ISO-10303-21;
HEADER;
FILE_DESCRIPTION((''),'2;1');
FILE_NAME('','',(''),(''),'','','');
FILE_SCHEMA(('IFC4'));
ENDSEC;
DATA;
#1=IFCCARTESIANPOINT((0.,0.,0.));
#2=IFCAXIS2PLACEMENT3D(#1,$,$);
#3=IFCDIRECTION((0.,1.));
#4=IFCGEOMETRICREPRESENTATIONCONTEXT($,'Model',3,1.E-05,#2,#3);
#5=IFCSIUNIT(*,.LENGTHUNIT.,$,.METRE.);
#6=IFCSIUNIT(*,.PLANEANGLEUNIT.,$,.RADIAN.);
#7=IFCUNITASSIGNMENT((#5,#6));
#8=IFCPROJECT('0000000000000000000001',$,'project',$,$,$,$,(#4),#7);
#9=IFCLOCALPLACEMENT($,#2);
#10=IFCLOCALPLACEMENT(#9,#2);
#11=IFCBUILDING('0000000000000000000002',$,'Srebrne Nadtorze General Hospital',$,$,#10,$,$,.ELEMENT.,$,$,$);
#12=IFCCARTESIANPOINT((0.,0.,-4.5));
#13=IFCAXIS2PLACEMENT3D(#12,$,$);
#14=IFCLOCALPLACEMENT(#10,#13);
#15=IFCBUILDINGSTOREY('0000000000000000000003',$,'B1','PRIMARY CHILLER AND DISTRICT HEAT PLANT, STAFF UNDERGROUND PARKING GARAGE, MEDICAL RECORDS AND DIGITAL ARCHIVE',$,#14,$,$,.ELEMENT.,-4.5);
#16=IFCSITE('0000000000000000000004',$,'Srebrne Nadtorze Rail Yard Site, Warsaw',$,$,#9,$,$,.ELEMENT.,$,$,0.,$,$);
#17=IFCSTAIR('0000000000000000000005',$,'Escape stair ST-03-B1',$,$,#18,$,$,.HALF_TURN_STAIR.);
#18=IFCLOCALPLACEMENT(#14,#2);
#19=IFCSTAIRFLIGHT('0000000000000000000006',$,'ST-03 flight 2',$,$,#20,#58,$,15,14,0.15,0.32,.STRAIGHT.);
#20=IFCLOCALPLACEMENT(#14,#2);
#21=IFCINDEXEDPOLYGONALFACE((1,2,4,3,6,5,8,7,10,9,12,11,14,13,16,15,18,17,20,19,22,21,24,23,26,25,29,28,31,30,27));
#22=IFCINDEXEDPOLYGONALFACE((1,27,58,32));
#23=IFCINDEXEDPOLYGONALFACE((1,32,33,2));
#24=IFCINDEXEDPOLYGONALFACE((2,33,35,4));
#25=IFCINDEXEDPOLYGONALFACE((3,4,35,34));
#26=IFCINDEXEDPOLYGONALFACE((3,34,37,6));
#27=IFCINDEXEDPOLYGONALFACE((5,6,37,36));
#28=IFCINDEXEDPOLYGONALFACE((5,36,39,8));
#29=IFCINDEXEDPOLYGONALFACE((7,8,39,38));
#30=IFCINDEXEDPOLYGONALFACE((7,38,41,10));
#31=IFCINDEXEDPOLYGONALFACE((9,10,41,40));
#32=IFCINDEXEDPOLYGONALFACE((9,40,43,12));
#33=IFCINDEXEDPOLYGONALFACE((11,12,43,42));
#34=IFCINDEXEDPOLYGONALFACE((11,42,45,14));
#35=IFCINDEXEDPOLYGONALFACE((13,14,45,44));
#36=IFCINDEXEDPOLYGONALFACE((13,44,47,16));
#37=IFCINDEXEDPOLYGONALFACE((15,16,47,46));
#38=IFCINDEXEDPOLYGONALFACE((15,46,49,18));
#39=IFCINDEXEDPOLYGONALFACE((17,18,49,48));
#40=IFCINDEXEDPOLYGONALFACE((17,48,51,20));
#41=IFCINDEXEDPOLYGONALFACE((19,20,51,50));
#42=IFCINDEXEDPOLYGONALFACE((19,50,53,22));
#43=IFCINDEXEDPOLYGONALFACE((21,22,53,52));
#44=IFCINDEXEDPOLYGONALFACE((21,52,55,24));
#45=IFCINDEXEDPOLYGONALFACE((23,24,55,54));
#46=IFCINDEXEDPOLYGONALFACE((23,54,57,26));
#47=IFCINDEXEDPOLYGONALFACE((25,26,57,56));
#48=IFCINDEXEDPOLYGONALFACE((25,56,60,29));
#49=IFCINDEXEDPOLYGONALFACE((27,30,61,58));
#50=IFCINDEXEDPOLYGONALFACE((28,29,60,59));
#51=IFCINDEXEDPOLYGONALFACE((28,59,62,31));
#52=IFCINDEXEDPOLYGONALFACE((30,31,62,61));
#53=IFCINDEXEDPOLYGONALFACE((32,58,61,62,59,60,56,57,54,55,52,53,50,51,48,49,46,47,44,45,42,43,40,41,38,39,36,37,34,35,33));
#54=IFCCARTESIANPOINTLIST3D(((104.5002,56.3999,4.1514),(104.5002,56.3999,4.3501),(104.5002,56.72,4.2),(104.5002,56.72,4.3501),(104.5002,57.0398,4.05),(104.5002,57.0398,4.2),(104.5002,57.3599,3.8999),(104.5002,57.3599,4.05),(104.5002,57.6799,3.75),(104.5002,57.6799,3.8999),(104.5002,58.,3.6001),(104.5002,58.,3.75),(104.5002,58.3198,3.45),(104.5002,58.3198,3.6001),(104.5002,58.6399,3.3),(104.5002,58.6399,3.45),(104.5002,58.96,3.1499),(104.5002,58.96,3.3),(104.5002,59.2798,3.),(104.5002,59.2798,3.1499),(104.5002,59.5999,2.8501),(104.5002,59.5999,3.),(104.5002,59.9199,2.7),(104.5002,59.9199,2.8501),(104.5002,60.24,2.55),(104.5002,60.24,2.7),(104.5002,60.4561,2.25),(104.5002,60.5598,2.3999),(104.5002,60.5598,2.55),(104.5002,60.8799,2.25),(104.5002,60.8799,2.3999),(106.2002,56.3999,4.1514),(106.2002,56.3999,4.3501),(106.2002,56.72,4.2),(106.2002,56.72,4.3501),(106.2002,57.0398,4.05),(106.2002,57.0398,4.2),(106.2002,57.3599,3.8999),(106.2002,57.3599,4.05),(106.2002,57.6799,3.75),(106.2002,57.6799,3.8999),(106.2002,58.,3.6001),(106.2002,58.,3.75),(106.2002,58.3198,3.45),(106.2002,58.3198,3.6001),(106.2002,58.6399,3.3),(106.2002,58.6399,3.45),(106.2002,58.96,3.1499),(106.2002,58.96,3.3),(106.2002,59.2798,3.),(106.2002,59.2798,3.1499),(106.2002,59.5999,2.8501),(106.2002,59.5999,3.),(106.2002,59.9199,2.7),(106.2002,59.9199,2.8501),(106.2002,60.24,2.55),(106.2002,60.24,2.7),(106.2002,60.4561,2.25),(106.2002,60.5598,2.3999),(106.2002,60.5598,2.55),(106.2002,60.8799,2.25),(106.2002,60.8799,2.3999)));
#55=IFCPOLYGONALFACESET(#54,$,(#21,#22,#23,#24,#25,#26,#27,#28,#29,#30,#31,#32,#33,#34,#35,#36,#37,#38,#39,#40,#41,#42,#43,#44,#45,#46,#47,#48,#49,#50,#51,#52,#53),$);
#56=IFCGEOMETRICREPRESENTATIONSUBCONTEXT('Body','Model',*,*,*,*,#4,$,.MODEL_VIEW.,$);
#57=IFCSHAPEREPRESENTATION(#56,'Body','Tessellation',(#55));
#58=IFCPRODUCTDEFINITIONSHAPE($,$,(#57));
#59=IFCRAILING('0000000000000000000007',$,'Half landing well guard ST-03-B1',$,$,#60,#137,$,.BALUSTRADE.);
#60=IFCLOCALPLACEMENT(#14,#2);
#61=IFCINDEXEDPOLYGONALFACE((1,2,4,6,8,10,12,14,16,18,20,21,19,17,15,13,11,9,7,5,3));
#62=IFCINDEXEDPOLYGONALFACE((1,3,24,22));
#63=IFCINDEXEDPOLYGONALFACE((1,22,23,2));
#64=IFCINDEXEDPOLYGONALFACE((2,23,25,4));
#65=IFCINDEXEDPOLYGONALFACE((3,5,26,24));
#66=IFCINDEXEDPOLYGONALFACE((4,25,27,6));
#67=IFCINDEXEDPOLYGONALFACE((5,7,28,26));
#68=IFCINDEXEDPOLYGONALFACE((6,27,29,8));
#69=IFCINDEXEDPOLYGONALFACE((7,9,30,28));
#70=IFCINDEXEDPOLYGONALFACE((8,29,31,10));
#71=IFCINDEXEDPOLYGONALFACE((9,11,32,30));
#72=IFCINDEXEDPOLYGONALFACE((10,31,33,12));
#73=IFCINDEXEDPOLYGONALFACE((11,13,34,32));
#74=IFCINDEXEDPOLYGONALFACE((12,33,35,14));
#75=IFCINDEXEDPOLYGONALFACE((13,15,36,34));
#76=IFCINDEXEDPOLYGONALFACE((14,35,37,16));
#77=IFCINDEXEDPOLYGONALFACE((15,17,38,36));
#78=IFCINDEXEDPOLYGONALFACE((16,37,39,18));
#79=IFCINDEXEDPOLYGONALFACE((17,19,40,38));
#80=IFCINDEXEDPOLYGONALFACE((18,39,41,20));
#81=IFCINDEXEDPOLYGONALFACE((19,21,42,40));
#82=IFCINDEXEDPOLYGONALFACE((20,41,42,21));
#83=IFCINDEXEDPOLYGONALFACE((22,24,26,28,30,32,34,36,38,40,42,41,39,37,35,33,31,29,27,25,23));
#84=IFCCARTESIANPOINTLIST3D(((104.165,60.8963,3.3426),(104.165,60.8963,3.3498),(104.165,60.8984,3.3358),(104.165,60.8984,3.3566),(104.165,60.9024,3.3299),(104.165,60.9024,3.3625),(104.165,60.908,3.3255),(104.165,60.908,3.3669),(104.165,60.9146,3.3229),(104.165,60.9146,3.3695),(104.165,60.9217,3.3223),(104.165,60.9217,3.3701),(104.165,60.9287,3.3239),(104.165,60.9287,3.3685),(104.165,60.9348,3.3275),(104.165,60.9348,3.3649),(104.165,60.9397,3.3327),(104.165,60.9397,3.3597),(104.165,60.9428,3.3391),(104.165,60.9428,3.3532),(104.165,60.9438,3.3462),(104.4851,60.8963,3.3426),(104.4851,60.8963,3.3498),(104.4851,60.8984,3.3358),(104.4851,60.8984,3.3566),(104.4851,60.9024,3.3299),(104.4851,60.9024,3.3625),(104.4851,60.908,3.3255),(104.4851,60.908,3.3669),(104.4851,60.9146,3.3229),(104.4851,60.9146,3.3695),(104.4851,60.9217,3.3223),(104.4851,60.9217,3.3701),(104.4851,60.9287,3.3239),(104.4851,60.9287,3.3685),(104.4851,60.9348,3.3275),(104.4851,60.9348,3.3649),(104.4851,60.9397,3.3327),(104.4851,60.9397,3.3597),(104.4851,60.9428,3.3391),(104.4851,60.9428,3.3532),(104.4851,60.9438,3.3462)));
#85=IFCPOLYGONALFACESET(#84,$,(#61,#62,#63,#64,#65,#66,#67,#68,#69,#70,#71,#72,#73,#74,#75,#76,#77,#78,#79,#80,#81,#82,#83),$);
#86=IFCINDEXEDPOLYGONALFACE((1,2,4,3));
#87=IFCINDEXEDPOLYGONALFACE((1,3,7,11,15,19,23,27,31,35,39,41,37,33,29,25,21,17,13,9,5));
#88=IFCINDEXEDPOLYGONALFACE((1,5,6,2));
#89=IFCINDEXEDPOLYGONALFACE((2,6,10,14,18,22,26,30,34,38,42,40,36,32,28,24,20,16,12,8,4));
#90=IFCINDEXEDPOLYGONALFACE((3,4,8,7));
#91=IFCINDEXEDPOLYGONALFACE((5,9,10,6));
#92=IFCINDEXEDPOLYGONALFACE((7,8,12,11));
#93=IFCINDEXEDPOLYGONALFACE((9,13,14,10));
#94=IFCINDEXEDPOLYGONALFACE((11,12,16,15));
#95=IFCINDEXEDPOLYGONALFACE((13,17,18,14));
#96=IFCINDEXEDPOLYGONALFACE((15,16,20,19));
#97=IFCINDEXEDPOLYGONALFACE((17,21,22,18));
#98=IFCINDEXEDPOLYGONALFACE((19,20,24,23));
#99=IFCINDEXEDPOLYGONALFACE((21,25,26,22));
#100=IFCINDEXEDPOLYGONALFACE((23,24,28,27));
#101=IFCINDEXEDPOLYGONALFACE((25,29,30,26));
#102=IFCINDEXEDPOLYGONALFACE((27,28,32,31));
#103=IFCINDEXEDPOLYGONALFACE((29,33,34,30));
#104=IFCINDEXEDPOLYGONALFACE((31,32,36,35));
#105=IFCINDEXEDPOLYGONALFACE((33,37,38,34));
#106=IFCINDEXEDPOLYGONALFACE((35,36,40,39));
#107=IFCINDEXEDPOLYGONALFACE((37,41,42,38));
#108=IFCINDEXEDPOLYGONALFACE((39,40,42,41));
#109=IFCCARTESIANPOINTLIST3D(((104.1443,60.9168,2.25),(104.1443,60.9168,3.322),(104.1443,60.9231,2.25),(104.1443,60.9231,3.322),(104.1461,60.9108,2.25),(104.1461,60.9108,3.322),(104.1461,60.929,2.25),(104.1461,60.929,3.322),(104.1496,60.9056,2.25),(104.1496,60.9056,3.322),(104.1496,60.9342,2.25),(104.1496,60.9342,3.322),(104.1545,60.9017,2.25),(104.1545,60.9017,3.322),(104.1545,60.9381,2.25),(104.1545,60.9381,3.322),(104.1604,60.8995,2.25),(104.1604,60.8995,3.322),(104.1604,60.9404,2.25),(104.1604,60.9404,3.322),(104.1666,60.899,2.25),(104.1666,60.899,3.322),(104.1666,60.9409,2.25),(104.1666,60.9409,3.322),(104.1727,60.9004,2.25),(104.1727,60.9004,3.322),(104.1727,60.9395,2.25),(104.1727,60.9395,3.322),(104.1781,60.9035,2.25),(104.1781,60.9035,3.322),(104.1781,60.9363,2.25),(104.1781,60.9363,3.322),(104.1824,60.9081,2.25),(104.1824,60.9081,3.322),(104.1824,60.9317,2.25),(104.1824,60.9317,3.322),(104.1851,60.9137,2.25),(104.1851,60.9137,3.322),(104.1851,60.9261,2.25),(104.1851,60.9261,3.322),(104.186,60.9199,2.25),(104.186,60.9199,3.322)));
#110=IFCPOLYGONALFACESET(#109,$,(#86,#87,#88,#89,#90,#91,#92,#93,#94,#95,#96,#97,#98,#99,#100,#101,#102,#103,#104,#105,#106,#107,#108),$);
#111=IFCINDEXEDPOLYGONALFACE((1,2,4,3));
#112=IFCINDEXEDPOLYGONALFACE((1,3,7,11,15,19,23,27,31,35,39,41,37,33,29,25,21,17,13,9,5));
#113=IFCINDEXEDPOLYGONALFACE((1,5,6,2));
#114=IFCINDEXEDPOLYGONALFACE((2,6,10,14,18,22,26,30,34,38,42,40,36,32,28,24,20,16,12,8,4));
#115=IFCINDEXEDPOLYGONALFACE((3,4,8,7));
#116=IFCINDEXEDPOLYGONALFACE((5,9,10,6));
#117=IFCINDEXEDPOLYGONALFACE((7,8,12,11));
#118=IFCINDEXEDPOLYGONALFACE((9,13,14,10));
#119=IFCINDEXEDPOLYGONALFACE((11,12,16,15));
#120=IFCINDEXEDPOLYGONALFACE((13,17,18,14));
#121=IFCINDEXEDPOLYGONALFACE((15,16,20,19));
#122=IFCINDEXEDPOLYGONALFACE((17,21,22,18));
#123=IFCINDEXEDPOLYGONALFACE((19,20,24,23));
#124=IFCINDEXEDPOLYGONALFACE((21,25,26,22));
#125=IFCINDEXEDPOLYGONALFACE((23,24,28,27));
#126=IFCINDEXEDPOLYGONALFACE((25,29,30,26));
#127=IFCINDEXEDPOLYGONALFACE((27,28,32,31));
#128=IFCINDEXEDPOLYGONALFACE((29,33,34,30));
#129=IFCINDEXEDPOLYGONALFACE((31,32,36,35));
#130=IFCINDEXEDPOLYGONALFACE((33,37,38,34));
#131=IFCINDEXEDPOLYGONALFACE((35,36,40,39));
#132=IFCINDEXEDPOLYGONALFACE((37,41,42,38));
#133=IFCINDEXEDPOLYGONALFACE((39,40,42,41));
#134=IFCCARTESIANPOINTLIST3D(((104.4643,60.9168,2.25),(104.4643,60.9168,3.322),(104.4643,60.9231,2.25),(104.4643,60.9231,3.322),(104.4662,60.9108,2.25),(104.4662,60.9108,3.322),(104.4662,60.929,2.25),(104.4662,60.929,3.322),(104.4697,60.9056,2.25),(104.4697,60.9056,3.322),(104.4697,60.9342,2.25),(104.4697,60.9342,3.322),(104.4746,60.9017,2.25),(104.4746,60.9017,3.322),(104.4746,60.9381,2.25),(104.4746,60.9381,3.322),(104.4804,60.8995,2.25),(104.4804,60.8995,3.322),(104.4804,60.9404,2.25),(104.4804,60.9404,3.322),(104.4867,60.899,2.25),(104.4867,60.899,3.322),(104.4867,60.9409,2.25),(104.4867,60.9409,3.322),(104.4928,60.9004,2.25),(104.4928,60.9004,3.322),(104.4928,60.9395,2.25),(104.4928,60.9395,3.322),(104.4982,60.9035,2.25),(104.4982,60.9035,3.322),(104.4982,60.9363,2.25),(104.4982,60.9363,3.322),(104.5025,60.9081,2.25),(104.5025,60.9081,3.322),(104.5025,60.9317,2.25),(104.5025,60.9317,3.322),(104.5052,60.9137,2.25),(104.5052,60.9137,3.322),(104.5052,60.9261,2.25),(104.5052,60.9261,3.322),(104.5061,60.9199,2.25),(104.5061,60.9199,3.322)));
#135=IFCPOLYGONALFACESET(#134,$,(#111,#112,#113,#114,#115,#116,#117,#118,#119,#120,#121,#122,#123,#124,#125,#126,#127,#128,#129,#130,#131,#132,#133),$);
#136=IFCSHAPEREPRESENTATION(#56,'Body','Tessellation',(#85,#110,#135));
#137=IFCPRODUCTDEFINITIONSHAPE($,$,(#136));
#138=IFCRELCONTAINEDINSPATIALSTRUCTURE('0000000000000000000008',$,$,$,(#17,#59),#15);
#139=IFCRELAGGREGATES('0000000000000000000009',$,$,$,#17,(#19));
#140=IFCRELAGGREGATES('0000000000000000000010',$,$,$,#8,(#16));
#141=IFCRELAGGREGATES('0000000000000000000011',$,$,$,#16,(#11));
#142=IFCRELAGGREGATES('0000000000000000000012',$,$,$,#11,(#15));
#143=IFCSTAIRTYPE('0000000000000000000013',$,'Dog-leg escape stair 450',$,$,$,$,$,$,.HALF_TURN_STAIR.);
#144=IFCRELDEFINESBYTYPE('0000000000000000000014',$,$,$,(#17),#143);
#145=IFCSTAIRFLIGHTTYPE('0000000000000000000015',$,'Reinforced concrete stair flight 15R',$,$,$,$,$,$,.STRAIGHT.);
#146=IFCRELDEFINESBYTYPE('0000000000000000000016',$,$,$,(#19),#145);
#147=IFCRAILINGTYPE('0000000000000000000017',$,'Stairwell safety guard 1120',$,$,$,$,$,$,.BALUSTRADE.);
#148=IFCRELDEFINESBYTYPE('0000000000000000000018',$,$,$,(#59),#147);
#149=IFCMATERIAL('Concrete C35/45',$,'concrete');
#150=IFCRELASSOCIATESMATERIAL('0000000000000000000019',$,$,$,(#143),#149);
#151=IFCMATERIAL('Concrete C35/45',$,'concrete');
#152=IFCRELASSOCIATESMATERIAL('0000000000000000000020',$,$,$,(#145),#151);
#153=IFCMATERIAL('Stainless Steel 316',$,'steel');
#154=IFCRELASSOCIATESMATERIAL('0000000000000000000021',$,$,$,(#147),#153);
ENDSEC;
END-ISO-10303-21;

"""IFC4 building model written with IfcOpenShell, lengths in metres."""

from ifc_helpers import new_model, si_unit, direction, frame, origin, origin_2d, place, context, subcontext, project, spatial, polyline, circle, outline, extrude, material, type_object, element, aggregate, save


model = new_model("IFC4")

# Units and contexts
model_context = context("Model", 3, precision=1e-05, world=origin(), true_north=direction((0.0, 1.0)))
body_context = subcontext(model_context, "Body", "Model", "MODEL_VIEW")
ifc_project = project(units=[si_unit("LENGTHUNIT", "METRE"), si_unit("PLANEANGLEUNIT", "RADIAN")], contexts=[model_context])

# Site, building, storey
site_placement = place(None, origin())
site = spatial("IfcSite", under=ifc_project, at=site_placement, Name="Srebrne Nadtorze Rail Yard Site, Warsaw", CompositionType="ELEMENT", RefElevation=0.0)
building_placement = place(site_placement, origin())
building = spatial("IfcBuilding", under=site, at=building_placement, Name="Srebrne Nadtorze General Hospital", CompositionType="ELEMENT")
storey_placement = place(building_placement, frame((0.0, 0.0, -4.5)))
storey = spatial("IfcBuildingStorey", under=building, at=storey_placement, Name="B1", Description="PRIMARY CHILLER AND DISTRICT HEAT PLANT, STAFF UNDERGROUND PARKING GARAGE, MEDICAL RECORDS AND DIGITAL ARCHIVE", CompositionType="ELEMENT", Elevation=-4.5)

# Stair, stair flight
ifc_material_1 = material(Name="Concrete C35/45", Category="concrete")
stair_type = type_object("IfcStairType", Name="Dog-leg escape stair 450", PredefinedType="HALF_TURN_STAIR", material=ifc_material_1)
stair_placement = place(storey_placement, origin())
stair = element("IfcStair", 1, at=stair_placement, inside=storey, type_object=stair_type, Name="Escape stair ST-03-B1", PredefinedType="HALF_TURN_STAIR")
ifc_material_2 = material(Name="Concrete C35/45", Category="concrete")
stair_flight_type = type_object("IfcStairFlightType", Name="Reinforced concrete stair flight 15R", PredefinedType="STRAIGHT", material=ifc_material_2)
stair_flight_1_placement = place(storey_placement, frame((105.3501, 60.8799, 2.25), z_axis=(0.0, 0.0, 1.0), x_axis=(0.0, -1.0, 0.0)))
stair_flight_1 = element("IfcStairFlight", 2, at=stair_flight_1_placement, type_object=stair_flight_type, Name="ST-03 flight 2", NumberOfRisers=15, NumberOfTreads=14, PredefinedType="STRAIGHT", RiserHeight=0.15, TreadLength=0.32, context=body_context, shape_type="SweptSolid", body=[
    extrude(outline(polyline([(0.0, 0.0), (0.0, 0.1499), (0.3201, 0.1499), (0.3201, 0.3), (0.6399, 0.3), (0.6399, 0.45), (0.96, 0.45), (0.96, 0.6001), (1.28, 0.6001), (1.28, 0.75), (1.6001, 0.75), (1.6001, 0.8999), (1.9199, 0.8999), (1.9199, 1.05), (2.24, 1.05), (2.24, 1.2), (2.5601, 1.2), (2.5601, 1.3501), (2.8799, 1.3501), (2.8799, 1.5), (3.2, 1.5), (3.2, 1.6499), (3.52, 1.6499), (3.52, 1.8), (3.8401, 1.8), (3.8401, 1.95), (4.1599, 1.95), (4.1599, 2.1001), (4.48, 2.1001), (4.48, 2.25), (4.48, 1.9014), (0.4238, 0.0), (0.0, 0.0)])), frame((0.0, 0.8501, 0.0), z_axis=(0.0, -1.0, 0.0), x_axis=(1.0, 0.0, 0.0)), (0.0, 0.0, 1.0), 1.7),
])
aggregate(stair, [stair_flight_1])

# Railing
ifc_material_3 = material(Name="Stainless Steel 316", Category="steel")
railing_type_1 = type_object("IfcRailingType", Name="Stairwell safety guard 1120", PredefinedType="BALUSTRADE", material=ifc_material_3)
railing_1_placement = place(storey_placement, frame((104.165, 60.9199, 2.25)))
element("IfcRailing", 3, at=railing_1_placement, inside=storey, type_object=railing_type_1, Name="Half landing well guard ST-03-B1", PredefinedType="BALUSTRADE", context=body_context, shape_type="SweptSolid", body=[
    extrude(circle(Radius=0.0239, at=origin_2d()), frame((0.0, 0.0, 1.0962), z_axis=(1.0, 0.0, 0.0), x_axis=(0.0, 1.0, 0.0)), (0.0, 0.0, 1.0), 0.3201),
    extrude(circle(Radius=0.021, at=origin_2d()), origin(), (0.0, 0.0, 1.0), 1.072),
    extrude(circle(Radius=0.021, at=origin_2d()), frame((0.3201, 0.0, 0.0)), (0.0, 0.0, 1.0), 1.072),
])

save(model, "model.ifc")
